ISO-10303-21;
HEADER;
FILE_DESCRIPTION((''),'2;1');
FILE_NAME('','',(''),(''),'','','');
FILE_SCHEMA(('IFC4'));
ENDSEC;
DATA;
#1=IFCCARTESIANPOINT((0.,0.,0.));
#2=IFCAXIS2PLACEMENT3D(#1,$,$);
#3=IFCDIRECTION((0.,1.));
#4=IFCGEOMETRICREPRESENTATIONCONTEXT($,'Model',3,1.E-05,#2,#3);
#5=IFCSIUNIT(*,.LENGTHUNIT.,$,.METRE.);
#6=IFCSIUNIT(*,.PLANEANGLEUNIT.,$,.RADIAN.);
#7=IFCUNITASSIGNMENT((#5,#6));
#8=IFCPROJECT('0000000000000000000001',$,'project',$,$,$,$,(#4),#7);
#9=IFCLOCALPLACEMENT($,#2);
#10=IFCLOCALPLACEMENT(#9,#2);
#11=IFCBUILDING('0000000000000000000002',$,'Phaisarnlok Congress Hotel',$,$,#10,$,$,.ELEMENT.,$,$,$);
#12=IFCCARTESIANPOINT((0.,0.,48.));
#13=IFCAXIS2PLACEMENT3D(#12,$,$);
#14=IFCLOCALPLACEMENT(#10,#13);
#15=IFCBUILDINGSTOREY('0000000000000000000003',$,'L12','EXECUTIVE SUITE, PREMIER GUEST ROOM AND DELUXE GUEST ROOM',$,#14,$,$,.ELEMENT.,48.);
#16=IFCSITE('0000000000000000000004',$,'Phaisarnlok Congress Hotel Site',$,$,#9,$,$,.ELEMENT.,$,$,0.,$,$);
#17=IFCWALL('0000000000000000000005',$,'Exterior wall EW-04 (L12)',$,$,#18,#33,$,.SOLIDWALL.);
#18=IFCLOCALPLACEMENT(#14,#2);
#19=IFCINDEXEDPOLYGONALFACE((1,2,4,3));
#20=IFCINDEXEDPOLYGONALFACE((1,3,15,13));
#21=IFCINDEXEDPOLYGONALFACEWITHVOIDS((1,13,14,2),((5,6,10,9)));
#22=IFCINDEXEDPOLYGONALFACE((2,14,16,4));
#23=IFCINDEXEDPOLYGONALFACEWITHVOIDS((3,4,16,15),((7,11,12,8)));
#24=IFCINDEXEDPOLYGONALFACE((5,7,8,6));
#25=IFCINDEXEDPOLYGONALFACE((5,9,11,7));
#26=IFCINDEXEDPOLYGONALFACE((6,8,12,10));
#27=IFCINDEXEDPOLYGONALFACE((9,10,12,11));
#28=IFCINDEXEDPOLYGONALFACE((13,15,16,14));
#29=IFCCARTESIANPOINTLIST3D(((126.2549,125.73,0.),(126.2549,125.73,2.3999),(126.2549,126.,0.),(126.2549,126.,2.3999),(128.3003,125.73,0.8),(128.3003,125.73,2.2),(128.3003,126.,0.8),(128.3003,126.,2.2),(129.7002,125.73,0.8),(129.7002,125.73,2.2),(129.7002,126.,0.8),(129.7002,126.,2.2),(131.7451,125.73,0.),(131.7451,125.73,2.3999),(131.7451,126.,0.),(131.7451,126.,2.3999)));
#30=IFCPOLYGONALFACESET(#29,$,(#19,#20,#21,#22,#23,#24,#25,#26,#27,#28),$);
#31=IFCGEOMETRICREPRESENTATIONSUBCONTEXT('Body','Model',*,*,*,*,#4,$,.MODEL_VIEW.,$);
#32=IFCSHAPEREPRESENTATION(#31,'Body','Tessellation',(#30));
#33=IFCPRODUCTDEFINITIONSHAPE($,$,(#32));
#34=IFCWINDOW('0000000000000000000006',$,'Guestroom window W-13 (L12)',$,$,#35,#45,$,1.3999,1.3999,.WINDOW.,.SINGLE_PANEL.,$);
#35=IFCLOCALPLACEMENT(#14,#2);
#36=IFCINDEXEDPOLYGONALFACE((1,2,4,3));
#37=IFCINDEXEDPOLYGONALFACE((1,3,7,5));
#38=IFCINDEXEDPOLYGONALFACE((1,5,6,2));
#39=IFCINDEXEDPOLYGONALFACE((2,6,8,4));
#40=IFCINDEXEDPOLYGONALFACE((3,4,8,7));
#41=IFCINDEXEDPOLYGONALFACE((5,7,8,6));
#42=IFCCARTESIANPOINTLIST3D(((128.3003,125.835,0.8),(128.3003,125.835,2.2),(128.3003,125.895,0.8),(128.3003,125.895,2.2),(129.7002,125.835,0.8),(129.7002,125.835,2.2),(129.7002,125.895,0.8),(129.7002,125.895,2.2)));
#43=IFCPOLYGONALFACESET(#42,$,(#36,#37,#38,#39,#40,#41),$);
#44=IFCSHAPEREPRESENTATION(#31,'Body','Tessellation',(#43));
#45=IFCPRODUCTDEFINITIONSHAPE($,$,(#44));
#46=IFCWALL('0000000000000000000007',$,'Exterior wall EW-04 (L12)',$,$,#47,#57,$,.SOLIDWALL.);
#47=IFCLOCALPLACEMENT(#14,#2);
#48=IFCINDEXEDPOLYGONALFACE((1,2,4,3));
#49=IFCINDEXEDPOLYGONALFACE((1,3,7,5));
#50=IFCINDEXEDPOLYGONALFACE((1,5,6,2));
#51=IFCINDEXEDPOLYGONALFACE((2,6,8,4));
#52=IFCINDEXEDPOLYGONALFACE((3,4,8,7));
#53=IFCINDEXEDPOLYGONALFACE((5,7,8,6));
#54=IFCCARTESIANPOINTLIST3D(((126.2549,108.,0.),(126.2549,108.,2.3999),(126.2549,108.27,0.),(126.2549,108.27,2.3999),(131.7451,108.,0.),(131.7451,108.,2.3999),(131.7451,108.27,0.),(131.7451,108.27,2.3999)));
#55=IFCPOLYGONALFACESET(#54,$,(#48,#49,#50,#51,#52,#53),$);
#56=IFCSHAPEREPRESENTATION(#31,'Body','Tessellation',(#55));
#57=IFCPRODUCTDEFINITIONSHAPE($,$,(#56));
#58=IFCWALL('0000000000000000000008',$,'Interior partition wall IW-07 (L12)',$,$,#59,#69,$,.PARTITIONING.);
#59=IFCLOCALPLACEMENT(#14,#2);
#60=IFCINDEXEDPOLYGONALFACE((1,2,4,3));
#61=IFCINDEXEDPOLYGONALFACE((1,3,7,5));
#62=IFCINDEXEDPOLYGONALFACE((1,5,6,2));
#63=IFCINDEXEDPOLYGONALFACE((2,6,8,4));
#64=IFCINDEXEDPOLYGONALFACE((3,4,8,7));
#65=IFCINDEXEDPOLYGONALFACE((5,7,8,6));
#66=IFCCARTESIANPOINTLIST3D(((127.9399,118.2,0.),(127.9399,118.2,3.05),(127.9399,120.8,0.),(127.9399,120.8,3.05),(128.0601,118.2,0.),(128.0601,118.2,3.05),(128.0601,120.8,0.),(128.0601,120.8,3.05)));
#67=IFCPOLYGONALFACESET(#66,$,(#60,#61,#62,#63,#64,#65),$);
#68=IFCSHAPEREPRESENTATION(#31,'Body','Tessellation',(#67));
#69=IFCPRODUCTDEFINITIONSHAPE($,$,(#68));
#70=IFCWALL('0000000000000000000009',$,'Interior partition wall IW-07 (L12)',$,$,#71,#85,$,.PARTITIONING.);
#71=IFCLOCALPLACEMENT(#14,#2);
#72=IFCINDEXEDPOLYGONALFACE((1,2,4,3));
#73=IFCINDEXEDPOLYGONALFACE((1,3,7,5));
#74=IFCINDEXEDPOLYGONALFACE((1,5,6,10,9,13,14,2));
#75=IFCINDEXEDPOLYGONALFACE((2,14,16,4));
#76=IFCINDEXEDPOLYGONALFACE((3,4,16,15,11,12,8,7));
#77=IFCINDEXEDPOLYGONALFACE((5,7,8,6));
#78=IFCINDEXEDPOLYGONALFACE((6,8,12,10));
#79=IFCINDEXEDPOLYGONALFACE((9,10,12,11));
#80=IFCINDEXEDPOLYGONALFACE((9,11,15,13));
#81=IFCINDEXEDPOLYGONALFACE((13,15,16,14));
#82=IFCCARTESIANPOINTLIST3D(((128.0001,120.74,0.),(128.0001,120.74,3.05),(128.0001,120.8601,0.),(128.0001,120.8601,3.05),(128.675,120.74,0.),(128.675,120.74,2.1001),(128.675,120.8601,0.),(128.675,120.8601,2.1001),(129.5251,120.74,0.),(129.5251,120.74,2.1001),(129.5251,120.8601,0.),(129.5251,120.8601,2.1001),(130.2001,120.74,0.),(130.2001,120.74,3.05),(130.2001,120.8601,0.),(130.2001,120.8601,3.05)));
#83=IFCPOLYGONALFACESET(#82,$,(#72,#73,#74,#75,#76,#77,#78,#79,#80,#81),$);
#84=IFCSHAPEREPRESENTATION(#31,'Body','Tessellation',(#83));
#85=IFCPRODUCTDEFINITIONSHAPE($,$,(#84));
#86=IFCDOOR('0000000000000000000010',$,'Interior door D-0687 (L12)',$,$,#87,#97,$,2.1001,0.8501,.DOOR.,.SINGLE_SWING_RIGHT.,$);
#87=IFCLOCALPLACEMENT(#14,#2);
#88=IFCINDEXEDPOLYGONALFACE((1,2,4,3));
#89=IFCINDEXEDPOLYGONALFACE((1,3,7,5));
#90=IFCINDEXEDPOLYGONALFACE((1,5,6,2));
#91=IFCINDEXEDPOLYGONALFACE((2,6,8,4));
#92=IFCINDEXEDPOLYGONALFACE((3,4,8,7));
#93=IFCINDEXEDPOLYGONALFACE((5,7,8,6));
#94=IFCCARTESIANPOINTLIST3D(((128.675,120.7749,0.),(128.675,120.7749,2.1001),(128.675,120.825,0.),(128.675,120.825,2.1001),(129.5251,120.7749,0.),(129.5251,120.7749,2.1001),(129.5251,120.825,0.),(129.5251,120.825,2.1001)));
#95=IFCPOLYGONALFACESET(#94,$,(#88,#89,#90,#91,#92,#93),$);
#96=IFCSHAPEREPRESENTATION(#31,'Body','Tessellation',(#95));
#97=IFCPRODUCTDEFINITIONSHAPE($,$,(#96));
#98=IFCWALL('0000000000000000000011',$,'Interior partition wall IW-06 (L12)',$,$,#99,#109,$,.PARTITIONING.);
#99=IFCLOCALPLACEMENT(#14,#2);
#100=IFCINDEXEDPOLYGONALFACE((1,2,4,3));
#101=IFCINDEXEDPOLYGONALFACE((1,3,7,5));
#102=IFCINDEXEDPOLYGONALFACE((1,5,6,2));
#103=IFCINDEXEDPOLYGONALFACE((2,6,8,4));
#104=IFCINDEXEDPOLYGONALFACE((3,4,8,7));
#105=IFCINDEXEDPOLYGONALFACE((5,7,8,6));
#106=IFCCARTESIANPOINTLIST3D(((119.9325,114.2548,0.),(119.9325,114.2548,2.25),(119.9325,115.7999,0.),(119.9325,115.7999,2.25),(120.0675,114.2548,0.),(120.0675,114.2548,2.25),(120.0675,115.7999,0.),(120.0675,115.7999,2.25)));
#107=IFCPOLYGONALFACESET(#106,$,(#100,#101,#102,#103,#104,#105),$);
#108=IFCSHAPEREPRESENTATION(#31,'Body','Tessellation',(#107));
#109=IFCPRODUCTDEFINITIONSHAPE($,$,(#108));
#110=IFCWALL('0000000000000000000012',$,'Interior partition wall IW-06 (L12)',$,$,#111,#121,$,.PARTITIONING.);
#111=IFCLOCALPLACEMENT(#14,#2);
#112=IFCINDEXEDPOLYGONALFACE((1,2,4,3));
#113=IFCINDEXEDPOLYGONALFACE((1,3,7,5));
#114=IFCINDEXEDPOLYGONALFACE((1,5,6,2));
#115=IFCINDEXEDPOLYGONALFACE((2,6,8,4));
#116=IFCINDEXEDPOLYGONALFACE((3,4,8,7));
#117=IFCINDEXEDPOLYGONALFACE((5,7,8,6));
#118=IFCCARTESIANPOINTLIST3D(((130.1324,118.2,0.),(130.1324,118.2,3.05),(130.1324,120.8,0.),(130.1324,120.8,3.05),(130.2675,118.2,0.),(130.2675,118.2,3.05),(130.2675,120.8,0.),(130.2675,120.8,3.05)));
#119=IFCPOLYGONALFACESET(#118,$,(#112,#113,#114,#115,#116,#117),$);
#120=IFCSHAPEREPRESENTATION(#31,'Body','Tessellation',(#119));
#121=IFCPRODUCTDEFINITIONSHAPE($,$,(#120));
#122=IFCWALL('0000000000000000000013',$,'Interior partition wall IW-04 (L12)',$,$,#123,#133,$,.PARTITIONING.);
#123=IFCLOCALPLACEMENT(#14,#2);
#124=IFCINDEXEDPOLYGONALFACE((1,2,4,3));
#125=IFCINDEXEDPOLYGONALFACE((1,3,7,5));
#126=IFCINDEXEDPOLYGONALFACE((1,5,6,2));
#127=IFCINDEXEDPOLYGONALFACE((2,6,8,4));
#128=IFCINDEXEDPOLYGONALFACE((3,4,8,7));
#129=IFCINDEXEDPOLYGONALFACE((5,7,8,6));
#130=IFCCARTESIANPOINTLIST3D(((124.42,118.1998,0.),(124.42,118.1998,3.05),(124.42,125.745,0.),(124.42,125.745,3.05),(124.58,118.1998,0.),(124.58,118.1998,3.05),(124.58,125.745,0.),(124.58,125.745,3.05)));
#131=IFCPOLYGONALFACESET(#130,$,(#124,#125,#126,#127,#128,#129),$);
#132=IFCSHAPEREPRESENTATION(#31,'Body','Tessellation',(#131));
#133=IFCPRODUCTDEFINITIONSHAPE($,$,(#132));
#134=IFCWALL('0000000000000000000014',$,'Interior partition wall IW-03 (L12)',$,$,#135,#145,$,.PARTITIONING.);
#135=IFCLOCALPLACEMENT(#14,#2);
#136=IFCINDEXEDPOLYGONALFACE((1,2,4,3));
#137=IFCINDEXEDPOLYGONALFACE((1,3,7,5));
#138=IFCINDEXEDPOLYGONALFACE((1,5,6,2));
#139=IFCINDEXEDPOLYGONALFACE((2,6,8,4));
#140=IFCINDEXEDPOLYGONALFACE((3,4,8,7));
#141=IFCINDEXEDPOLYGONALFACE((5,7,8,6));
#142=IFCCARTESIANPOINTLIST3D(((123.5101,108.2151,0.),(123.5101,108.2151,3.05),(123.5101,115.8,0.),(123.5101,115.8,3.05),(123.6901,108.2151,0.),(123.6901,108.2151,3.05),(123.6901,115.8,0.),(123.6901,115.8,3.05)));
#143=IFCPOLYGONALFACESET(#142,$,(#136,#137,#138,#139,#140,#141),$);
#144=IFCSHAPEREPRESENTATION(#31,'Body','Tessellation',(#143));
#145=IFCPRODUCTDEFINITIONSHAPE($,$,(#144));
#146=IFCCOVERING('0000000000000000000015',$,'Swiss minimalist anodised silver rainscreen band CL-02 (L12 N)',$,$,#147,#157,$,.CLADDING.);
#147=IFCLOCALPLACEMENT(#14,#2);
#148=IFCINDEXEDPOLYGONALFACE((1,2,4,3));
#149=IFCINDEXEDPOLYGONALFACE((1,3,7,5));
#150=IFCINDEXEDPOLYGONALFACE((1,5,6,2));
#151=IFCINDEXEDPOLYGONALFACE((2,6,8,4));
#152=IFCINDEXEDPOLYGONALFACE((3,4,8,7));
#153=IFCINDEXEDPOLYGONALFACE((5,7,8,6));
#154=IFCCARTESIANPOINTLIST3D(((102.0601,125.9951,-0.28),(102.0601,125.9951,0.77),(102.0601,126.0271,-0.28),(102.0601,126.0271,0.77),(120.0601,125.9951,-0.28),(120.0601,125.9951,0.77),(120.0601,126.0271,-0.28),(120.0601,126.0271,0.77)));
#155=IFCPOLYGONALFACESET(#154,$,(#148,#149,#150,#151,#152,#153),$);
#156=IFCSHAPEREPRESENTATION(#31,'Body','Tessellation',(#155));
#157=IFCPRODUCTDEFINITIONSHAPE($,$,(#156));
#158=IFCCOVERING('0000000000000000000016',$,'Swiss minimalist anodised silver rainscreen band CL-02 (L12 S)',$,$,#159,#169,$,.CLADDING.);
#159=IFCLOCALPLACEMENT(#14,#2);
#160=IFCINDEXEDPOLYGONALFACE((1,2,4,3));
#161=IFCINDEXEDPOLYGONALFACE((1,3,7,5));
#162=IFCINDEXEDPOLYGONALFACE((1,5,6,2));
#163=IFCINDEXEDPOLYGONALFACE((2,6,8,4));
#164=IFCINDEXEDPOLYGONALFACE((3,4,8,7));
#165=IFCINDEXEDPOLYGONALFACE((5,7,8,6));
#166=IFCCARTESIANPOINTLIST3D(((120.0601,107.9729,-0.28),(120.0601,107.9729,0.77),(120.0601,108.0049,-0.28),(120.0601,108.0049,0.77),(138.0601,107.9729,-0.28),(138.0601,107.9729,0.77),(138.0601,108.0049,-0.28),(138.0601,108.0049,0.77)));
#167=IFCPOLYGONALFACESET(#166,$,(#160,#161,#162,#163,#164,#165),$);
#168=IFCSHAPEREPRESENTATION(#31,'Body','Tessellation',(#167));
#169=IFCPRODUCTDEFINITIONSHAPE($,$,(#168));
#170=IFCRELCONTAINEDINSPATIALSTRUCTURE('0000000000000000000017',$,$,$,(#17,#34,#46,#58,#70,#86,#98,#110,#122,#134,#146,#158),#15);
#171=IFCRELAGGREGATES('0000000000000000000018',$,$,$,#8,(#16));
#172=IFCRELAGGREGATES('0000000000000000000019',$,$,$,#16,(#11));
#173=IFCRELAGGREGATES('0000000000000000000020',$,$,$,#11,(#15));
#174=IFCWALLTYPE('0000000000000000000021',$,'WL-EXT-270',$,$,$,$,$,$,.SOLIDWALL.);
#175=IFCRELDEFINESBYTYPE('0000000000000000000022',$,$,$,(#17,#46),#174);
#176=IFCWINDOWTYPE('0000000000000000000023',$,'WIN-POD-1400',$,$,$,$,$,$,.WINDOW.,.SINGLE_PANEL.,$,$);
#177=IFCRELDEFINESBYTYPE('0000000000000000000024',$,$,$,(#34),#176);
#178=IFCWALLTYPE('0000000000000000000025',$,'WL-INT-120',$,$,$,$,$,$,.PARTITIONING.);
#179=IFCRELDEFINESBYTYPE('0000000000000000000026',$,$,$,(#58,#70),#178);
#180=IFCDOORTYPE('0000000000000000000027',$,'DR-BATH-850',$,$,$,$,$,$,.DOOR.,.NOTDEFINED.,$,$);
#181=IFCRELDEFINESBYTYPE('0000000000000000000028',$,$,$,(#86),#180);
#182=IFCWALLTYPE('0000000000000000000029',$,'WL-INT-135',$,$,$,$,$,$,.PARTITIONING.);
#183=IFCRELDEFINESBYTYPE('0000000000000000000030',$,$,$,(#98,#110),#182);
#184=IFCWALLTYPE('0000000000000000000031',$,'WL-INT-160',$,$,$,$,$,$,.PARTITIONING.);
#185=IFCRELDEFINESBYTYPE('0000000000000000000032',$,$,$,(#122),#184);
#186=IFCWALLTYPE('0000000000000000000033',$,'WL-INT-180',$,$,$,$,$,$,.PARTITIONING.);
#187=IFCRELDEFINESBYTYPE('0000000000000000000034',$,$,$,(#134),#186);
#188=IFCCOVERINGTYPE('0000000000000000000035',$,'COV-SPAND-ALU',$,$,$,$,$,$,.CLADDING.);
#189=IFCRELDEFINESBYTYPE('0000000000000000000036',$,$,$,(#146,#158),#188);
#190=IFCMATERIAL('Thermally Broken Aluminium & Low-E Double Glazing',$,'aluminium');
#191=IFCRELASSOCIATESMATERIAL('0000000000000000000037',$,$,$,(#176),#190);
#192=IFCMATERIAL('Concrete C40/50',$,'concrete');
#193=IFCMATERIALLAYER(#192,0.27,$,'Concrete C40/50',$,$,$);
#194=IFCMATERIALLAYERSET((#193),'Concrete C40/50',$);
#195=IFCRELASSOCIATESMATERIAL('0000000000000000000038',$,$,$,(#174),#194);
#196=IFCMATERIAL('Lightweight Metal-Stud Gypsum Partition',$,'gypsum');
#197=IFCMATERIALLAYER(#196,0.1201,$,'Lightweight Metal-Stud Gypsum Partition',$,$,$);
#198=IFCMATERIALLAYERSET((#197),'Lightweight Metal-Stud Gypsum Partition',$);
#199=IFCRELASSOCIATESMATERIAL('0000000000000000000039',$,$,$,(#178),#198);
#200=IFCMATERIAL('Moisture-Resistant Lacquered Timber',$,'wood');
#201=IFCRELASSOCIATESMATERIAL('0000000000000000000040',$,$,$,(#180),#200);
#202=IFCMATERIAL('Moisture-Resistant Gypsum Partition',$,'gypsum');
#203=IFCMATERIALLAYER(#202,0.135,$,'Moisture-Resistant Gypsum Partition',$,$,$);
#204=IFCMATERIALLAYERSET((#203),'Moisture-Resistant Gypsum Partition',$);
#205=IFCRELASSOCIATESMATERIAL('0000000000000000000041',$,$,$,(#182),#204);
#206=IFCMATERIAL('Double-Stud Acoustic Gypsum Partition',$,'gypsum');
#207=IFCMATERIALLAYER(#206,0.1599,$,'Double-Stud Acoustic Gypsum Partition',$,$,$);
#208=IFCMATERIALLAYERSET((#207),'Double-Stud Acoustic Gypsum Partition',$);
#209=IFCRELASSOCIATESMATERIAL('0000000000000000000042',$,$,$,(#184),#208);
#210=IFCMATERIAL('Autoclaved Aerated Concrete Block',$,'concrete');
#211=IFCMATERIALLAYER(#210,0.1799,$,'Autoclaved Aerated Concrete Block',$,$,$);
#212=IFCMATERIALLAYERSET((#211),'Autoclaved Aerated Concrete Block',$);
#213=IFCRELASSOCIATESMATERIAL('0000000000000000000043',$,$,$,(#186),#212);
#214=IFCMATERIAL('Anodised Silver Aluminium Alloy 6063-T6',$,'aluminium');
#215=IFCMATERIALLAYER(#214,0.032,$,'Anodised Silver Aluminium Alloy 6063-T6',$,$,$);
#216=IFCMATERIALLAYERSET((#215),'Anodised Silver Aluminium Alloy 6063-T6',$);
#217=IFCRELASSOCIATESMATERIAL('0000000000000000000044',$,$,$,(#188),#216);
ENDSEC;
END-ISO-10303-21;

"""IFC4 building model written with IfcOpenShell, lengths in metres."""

from ifc_helpers import new_model, si_unit, direction, frame, frame_2d, origin, place, context, subcontext, project, spatial, polyline, rectangle, outline, extrude, material, layer, layer_set, type_object, element, fill, save


model = new_model("IFC4")

# Units and contexts
model_context = context("Model", 3, precision=1e-05, world=origin(), true_north=direction((0.0, 1.0)))
body_context = subcontext(model_context, "Body", "Model", "MODEL_VIEW")
ifc_project = project(units=[si_unit("LENGTHUNIT", "METRE"), si_unit("PLANEANGLEUNIT", "RADIAN")], contexts=[model_context])

# Site, building, storey
site_placement = place(None, origin())
site = spatial("IfcSite", under=ifc_project, at=site_placement, Name="Phaisarnlok Congress Hotel Site", CompositionType="ELEMENT", RefElevation=0.0)
building_placement = place(site_placement, origin())
building = spatial("IfcBuilding", under=site, at=building_placement, Name="Phaisarnlok Congress Hotel", CompositionType="ELEMENT")
storey_placement = place(building_placement, frame((0.0, 0.0, 48.0)))
storey = spatial("IfcBuildingStorey", under=building, at=storey_placement, Name="L12", Description="EXECUTIVE SUITE, PREMIER GUEST ROOM AND DELUXE GUEST ROOM", CompositionType="ELEMENT", Elevation=48.0)

# Shared definitions
ifc_material_1 = material(Name="Concrete C40/50", Category="concrete")

# Wall, opening, window
ifc_material_2 = material(Name="Thermally Broken Aluminium & Low-E Double Glazing", Category="aluminium")
window_type = type_object("IfcWindowType", Name="WIN-POD-1400", PartitioningType="SINGLE_PANEL", PredefinedType="WINDOW", material=ifc_material_2)
ifc_layer_1 = layer(ifc_material_1, 0.27, Name="Concrete C40/50")
ifc_layer_set_1 = layer_set([ifc_layer_1], Name="Concrete C40/50")
wall_type_1 = type_object("IfcWallType", Name="WL-EXT-270", PredefinedType="SOLIDWALL", material=ifc_layer_set_1)
wall_1_placement = place(storey_placement, frame((131.7451, 125.865, 0.0), z_axis=(0.0, 0.0, 1.0), x_axis=(-1.0, 0.0, 0.0)))
wall_1 = element("IfcWall", 1, at=wall_1_placement, inside=storey, type_object=wall_type_1, Name="Exterior wall EW-04 (L12)", PredefinedType="SOLIDWALL", context=body_context, shape_type="SweptSolid", body=[
    extrude(rectangle(XDim=5.4902, YDim=0.27, at=frame_2d((2.7451, 0.0))), origin(), (0.0, 0.0, 1.0), 2.3999),
])
opening_1_placement = place(wall_1_placement, frame((2.0449, 0.0, 0.8)))
opening_1 = element("IfcOpeningElement", 2, at=opening_1_placement, cuts=wall_1, PredefinedType="OPENING", context=body_context, shape_type="SweptSolid", body=[
    extrude(rectangle(XDim=1.3999, YDim=1.3999, at=frame_2d((0.7, 0.7))), frame((0.0, 0.145, 0.0), z_axis=(0.0, -1.0, 0.0), x_axis=(1.0, 0.0, 0.0)), (0.0, 0.0, 1.0), 0.29),
])
window_1_placement = place(opening_1_placement, origin())
window_1 = element("IfcWindow", 3, at=window_1_placement, inside=storey, type_object=window_type, Name="Guestroom window W-13 (L12)", OverallHeight=1.3999, OverallWidth=1.3999, PartitioningType="SINGLE_PANEL", PredefinedType="WINDOW", context=body_context, shape_type="SweptSolid", body=[
    extrude(rectangle(XDim=1.3999, YDim=1.3999, at=frame_2d((0.7, 0.7))), frame((0.0, 0.03, 0.0), z_axis=(0.0, -1.0, 0.0), x_axis=(1.0, 0.0, 0.0)), (0.0, 0.0, 1.0), 0.0601),
])
fill(opening_1, window_1)

# Walls
wall_2_placement = place(storey_placement, frame((126.2549, 108.135, 0.0), z_axis=(0.0, 0.0, 1.0), x_axis=(1.0, 0.0, 0.0)))
element("IfcWall", 4, at=wall_2_placement, inside=storey, type_object=wall_type_1, Name="Exterior wall EW-04 (L12)", PredefinedType="SOLIDWALL", context=body_context, shape_type="SweptSolid", body=[
    extrude(rectangle(XDim=5.4902, YDim=0.27, at=frame_2d((2.7451, 0.0))), origin(), (0.0, 0.0, 1.0), 2.3999),
])
ifc_material_3 = material(Name="Lightweight Metal-Stud Gypsum Partition", Category="gypsum")
ifc_layer_2 = layer(ifc_material_3, 0.1201, Name="Lightweight Metal-Stud Gypsum Partition")
ifc_layer_set_2 = layer_set([ifc_layer_2], Name="Lightweight Metal-Stud Gypsum Partition")
wall_type_2 = type_object("IfcWallType", Name="WL-INT-120", PredefinedType="PARTITIONING", material=ifc_layer_set_2)
wall_3_placement = place(storey_placement, frame((128.0, 118.2, 0.0), z_axis=(0.0, 0.0, 1.0), x_axis=(0.0, 1.0, 0.0)))
element("IfcWall", 5, at=wall_3_placement, inside=storey, type_object=wall_type_2, Name="Interior partition wall IW-07 (L12)", PredefinedType="PARTITIONING", context=body_context, shape_type="SweptSolid", body=[
    extrude(rectangle(XDim=2.6001, YDim=0.1201, at=frame_2d((1.3, 0.0))), origin(), (0.0, 0.0, 1.0), 3.05),
])

# Wall, opening, door
wall_4_placement = place(storey_placement, frame((128.0, 120.8, 0.0), z_axis=(0.0, 0.0, 1.0), x_axis=(1.0, 0.0, 0.0)))
wall_4 = element("IfcWall", 6, at=wall_4_placement, inside=storey, type_object=wall_type_2, Name="Interior partition wall IW-07 (L12)", PredefinedType="PARTITIONING", context=body_context, shape_type="SweptSolid", body=[
    extrude(rectangle(XDim=2.2, YDim=0.1201, at=frame_2d((1.1001, 0.0))), origin(), (0.0, 0.0, 1.0), 3.05),
])
opening_2_placement = place(wall_4_placement, frame((0.675, 0.0, 0.0)))
opening_2 = element("IfcOpeningElement", 7, at=opening_2_placement, cuts=wall_4, PredefinedType="OPENING", context=body_context, shape_type="SweptSolid", body=[
    extrude(rectangle(XDim=0.8501, YDim=2.1001, at=frame_2d((0.425, 1.05))), frame((0.0, 0.0701, 0.0), z_axis=(0.0, -1.0, 0.0), x_axis=(1.0, 0.0, 0.0)), (0.0, 0.0, 1.0), 0.1401),
])
ifc_material_4 = material(Name="Moisture-Resistant Lacquered Timber", Category="wood")
door_type = type_object("IfcDoorType", Name="DR-BATH-850", OperationType="NOTDEFINED", PredefinedType="DOOR", material=ifc_material_4)
door_placement = place(opening_2_placement, origin())
door = element("IfcDoor", 8, at=door_placement, inside=storey, type_object=door_type, Name="Interior door D-0687 (L12)", OperationType="SINGLE_SWING_RIGHT", OverallHeight=2.1001, OverallWidth=0.8501, PredefinedType="DOOR", context=body_context, shape_type="SweptSolid", body=[
    extrude(rectangle(XDim=0.8501, YDim=2.1001, at=frame_2d((0.425, 1.05))), frame((0.0, 0.0249, 0.0), z_axis=(0.0, -1.0, 0.0), x_axis=(1.0, 0.0, 0.0)), (0.0, 0.0, 1.0), 0.05),
])
fill(opening_2, door)

# Walls
ifc_material_5 = material(Name="Moisture-Resistant Gypsum Partition", Category="gypsum")
ifc_layer_3 = layer(ifc_material_5, 0.135, Name="Moisture-Resistant Gypsum Partition")
ifc_layer_set_3 = layer_set([ifc_layer_3], Name="Moisture-Resistant Gypsum Partition")
wall_type_3 = type_object("IfcWallType", Name="WL-INT-135", PredefinedType="PARTITIONING", material=ifc_layer_set_3)
wall_5_placement = place(storey_placement, frame((120.0, 114.2549, 0.0), z_axis=(0.0, 0.0, 1.0), x_axis=(0.0, 1.0, 0.0)))
element("IfcWall", 9, at=wall_5_placement, inside=storey, type_object=wall_type_3, Name="Interior partition wall IW-06 (L12)", PredefinedType="PARTITIONING", context=body_context, shape_type="SweptSolid", body=[
    extrude(rectangle(XDim=1.5452, YDim=0.135, at=frame_2d((0.7725, 0.0))), origin(), (0.0, 0.0, 1.0), 2.25),
])
wall_6_placement = place(storey_placement, frame((130.2, 118.2, 0.0), z_axis=(0.0, 0.0, 1.0), x_axis=(0.0, 1.0, 0.0)))
element("IfcWall", 10, at=wall_6_placement, inside=storey, type_object=wall_type_3, Name="Interior partition wall IW-06 (L12)", PredefinedType="PARTITIONING", context=body_context, shape_type="SweptSolid", body=[
    extrude(rectangle(XDim=2.6001, YDim=0.135, at=frame_2d((1.3, 0.0))), origin(), (0.0, 0.0, 1.0), 3.05),
])
ifc_material_6 = material(Name="Double-Stud Acoustic Gypsum Partition", Category="gypsum")
ifc_layer_4 = layer(ifc_material_6, 0.1599, Name="Double-Stud Acoustic Gypsum Partition")
ifc_layer_set_4 = layer_set([ifc_layer_4], Name="Double-Stud Acoustic Gypsum Partition")
wall_type_4 = type_object("IfcWallType", Name="WL-INT-160", PredefinedType="PARTITIONING", material=ifc_layer_set_4)
wall_7_placement = place(storey_placement, frame((124.5, 118.2, 0.0), z_axis=(0.0, 0.0, 1.0), x_axis=(0.0, 1.0, 0.0)))
element("IfcWall", 11, at=wall_7_placement, inside=storey, type_object=wall_type_4, Name="Interior partition wall IW-04 (L12)", PredefinedType="PARTITIONING", context=body_context, shape_type="SweptSolid", body=[
    extrude(rectangle(XDim=7.5452, YDim=0.1599, at=frame_2d((3.7725, 0.0))), origin(), (0.0, 0.0, 1.0), 3.05),
])
ifc_material_7 = material(Name="Autoclaved Aerated Concrete Block", Category="concrete")
ifc_layer_5 = layer(ifc_material_7, 0.1799, Name="Autoclaved Aerated Concrete Block")
ifc_layer_set_5 = layer_set([ifc_layer_5], Name="Autoclaved Aerated Concrete Block")
wall_type_5 = type_object("IfcWallType", Name="WL-INT-180", PredefinedType="PARTITIONING", material=ifc_layer_set_5)
wall_8_placement = place(storey_placement, frame((123.6001, 108.2151, 0.0), z_axis=(0.0, 0.0, 1.0), x_axis=(0.0, 1.0, 0.0)))
element("IfcWall", 12, at=wall_8_placement, inside=storey, type_object=wall_type_5, Name="Interior partition wall IW-03 (L12)", PredefinedType="PARTITIONING", context=body_context, shape_type="SweptSolid", body=[
    extrude(rectangle(XDim=7.585, YDim=0.1799, at=frame_2d((3.7925, 0.0))), origin(), (0.0, 0.0, 1.0), 3.05),
])

# Coverings
ifc_material_8 = material(Name="Anodised Silver Aluminium Alloy 6063-T6", Category="aluminium")
ifc_layer_6 = layer(ifc_material_8, 0.032, Name="Anodised Silver Aluminium Alloy 6063-T6")
ifc_layer_set_6 = layer_set([ifc_layer_6], Name="Anodised Silver Aluminium Alloy 6063-T6")
covering_type = type_object("IfcCoveringType", Name="COV-SPAND-ALU", PredefinedType="CLADDING", material=ifc_layer_set_6)
for number, where, z_axis, x_axis, name in (
    (13, (120.0601, 125.9951, -0.28), (0.0, 1.0, 0.0), (-1.0, 0.0, 0.0), "Swiss minimalist anodised silver rainscreen band CL-02 (L12 N)"),
    (14, (120.0601, 108.0049, -0.28), (0.0, -1.0, 0.0), (1.0, 0.0, 0.0), "Swiss minimalist anodised silver rainscreen band CL-02 (L12 S)"),
):
    element("IfcCovering", number, at=place(storey_placement, frame(where, z_axis=z_axis, x_axis=x_axis)), inside=storey, type_object=covering_type, Name=name, PredefinedType="CLADDING", context=body_context, shape_type="SweptSolid", body=[
        extrude(outline(polyline([(0.0, 0.0), (18.0, 0.0), (18.0, 1.05), (0.0, 1.05), (0.0, 0.0)])), origin(), (0.0, 0.0, 1.0), 0.032),
    ])

save(model, "model.ifc")
